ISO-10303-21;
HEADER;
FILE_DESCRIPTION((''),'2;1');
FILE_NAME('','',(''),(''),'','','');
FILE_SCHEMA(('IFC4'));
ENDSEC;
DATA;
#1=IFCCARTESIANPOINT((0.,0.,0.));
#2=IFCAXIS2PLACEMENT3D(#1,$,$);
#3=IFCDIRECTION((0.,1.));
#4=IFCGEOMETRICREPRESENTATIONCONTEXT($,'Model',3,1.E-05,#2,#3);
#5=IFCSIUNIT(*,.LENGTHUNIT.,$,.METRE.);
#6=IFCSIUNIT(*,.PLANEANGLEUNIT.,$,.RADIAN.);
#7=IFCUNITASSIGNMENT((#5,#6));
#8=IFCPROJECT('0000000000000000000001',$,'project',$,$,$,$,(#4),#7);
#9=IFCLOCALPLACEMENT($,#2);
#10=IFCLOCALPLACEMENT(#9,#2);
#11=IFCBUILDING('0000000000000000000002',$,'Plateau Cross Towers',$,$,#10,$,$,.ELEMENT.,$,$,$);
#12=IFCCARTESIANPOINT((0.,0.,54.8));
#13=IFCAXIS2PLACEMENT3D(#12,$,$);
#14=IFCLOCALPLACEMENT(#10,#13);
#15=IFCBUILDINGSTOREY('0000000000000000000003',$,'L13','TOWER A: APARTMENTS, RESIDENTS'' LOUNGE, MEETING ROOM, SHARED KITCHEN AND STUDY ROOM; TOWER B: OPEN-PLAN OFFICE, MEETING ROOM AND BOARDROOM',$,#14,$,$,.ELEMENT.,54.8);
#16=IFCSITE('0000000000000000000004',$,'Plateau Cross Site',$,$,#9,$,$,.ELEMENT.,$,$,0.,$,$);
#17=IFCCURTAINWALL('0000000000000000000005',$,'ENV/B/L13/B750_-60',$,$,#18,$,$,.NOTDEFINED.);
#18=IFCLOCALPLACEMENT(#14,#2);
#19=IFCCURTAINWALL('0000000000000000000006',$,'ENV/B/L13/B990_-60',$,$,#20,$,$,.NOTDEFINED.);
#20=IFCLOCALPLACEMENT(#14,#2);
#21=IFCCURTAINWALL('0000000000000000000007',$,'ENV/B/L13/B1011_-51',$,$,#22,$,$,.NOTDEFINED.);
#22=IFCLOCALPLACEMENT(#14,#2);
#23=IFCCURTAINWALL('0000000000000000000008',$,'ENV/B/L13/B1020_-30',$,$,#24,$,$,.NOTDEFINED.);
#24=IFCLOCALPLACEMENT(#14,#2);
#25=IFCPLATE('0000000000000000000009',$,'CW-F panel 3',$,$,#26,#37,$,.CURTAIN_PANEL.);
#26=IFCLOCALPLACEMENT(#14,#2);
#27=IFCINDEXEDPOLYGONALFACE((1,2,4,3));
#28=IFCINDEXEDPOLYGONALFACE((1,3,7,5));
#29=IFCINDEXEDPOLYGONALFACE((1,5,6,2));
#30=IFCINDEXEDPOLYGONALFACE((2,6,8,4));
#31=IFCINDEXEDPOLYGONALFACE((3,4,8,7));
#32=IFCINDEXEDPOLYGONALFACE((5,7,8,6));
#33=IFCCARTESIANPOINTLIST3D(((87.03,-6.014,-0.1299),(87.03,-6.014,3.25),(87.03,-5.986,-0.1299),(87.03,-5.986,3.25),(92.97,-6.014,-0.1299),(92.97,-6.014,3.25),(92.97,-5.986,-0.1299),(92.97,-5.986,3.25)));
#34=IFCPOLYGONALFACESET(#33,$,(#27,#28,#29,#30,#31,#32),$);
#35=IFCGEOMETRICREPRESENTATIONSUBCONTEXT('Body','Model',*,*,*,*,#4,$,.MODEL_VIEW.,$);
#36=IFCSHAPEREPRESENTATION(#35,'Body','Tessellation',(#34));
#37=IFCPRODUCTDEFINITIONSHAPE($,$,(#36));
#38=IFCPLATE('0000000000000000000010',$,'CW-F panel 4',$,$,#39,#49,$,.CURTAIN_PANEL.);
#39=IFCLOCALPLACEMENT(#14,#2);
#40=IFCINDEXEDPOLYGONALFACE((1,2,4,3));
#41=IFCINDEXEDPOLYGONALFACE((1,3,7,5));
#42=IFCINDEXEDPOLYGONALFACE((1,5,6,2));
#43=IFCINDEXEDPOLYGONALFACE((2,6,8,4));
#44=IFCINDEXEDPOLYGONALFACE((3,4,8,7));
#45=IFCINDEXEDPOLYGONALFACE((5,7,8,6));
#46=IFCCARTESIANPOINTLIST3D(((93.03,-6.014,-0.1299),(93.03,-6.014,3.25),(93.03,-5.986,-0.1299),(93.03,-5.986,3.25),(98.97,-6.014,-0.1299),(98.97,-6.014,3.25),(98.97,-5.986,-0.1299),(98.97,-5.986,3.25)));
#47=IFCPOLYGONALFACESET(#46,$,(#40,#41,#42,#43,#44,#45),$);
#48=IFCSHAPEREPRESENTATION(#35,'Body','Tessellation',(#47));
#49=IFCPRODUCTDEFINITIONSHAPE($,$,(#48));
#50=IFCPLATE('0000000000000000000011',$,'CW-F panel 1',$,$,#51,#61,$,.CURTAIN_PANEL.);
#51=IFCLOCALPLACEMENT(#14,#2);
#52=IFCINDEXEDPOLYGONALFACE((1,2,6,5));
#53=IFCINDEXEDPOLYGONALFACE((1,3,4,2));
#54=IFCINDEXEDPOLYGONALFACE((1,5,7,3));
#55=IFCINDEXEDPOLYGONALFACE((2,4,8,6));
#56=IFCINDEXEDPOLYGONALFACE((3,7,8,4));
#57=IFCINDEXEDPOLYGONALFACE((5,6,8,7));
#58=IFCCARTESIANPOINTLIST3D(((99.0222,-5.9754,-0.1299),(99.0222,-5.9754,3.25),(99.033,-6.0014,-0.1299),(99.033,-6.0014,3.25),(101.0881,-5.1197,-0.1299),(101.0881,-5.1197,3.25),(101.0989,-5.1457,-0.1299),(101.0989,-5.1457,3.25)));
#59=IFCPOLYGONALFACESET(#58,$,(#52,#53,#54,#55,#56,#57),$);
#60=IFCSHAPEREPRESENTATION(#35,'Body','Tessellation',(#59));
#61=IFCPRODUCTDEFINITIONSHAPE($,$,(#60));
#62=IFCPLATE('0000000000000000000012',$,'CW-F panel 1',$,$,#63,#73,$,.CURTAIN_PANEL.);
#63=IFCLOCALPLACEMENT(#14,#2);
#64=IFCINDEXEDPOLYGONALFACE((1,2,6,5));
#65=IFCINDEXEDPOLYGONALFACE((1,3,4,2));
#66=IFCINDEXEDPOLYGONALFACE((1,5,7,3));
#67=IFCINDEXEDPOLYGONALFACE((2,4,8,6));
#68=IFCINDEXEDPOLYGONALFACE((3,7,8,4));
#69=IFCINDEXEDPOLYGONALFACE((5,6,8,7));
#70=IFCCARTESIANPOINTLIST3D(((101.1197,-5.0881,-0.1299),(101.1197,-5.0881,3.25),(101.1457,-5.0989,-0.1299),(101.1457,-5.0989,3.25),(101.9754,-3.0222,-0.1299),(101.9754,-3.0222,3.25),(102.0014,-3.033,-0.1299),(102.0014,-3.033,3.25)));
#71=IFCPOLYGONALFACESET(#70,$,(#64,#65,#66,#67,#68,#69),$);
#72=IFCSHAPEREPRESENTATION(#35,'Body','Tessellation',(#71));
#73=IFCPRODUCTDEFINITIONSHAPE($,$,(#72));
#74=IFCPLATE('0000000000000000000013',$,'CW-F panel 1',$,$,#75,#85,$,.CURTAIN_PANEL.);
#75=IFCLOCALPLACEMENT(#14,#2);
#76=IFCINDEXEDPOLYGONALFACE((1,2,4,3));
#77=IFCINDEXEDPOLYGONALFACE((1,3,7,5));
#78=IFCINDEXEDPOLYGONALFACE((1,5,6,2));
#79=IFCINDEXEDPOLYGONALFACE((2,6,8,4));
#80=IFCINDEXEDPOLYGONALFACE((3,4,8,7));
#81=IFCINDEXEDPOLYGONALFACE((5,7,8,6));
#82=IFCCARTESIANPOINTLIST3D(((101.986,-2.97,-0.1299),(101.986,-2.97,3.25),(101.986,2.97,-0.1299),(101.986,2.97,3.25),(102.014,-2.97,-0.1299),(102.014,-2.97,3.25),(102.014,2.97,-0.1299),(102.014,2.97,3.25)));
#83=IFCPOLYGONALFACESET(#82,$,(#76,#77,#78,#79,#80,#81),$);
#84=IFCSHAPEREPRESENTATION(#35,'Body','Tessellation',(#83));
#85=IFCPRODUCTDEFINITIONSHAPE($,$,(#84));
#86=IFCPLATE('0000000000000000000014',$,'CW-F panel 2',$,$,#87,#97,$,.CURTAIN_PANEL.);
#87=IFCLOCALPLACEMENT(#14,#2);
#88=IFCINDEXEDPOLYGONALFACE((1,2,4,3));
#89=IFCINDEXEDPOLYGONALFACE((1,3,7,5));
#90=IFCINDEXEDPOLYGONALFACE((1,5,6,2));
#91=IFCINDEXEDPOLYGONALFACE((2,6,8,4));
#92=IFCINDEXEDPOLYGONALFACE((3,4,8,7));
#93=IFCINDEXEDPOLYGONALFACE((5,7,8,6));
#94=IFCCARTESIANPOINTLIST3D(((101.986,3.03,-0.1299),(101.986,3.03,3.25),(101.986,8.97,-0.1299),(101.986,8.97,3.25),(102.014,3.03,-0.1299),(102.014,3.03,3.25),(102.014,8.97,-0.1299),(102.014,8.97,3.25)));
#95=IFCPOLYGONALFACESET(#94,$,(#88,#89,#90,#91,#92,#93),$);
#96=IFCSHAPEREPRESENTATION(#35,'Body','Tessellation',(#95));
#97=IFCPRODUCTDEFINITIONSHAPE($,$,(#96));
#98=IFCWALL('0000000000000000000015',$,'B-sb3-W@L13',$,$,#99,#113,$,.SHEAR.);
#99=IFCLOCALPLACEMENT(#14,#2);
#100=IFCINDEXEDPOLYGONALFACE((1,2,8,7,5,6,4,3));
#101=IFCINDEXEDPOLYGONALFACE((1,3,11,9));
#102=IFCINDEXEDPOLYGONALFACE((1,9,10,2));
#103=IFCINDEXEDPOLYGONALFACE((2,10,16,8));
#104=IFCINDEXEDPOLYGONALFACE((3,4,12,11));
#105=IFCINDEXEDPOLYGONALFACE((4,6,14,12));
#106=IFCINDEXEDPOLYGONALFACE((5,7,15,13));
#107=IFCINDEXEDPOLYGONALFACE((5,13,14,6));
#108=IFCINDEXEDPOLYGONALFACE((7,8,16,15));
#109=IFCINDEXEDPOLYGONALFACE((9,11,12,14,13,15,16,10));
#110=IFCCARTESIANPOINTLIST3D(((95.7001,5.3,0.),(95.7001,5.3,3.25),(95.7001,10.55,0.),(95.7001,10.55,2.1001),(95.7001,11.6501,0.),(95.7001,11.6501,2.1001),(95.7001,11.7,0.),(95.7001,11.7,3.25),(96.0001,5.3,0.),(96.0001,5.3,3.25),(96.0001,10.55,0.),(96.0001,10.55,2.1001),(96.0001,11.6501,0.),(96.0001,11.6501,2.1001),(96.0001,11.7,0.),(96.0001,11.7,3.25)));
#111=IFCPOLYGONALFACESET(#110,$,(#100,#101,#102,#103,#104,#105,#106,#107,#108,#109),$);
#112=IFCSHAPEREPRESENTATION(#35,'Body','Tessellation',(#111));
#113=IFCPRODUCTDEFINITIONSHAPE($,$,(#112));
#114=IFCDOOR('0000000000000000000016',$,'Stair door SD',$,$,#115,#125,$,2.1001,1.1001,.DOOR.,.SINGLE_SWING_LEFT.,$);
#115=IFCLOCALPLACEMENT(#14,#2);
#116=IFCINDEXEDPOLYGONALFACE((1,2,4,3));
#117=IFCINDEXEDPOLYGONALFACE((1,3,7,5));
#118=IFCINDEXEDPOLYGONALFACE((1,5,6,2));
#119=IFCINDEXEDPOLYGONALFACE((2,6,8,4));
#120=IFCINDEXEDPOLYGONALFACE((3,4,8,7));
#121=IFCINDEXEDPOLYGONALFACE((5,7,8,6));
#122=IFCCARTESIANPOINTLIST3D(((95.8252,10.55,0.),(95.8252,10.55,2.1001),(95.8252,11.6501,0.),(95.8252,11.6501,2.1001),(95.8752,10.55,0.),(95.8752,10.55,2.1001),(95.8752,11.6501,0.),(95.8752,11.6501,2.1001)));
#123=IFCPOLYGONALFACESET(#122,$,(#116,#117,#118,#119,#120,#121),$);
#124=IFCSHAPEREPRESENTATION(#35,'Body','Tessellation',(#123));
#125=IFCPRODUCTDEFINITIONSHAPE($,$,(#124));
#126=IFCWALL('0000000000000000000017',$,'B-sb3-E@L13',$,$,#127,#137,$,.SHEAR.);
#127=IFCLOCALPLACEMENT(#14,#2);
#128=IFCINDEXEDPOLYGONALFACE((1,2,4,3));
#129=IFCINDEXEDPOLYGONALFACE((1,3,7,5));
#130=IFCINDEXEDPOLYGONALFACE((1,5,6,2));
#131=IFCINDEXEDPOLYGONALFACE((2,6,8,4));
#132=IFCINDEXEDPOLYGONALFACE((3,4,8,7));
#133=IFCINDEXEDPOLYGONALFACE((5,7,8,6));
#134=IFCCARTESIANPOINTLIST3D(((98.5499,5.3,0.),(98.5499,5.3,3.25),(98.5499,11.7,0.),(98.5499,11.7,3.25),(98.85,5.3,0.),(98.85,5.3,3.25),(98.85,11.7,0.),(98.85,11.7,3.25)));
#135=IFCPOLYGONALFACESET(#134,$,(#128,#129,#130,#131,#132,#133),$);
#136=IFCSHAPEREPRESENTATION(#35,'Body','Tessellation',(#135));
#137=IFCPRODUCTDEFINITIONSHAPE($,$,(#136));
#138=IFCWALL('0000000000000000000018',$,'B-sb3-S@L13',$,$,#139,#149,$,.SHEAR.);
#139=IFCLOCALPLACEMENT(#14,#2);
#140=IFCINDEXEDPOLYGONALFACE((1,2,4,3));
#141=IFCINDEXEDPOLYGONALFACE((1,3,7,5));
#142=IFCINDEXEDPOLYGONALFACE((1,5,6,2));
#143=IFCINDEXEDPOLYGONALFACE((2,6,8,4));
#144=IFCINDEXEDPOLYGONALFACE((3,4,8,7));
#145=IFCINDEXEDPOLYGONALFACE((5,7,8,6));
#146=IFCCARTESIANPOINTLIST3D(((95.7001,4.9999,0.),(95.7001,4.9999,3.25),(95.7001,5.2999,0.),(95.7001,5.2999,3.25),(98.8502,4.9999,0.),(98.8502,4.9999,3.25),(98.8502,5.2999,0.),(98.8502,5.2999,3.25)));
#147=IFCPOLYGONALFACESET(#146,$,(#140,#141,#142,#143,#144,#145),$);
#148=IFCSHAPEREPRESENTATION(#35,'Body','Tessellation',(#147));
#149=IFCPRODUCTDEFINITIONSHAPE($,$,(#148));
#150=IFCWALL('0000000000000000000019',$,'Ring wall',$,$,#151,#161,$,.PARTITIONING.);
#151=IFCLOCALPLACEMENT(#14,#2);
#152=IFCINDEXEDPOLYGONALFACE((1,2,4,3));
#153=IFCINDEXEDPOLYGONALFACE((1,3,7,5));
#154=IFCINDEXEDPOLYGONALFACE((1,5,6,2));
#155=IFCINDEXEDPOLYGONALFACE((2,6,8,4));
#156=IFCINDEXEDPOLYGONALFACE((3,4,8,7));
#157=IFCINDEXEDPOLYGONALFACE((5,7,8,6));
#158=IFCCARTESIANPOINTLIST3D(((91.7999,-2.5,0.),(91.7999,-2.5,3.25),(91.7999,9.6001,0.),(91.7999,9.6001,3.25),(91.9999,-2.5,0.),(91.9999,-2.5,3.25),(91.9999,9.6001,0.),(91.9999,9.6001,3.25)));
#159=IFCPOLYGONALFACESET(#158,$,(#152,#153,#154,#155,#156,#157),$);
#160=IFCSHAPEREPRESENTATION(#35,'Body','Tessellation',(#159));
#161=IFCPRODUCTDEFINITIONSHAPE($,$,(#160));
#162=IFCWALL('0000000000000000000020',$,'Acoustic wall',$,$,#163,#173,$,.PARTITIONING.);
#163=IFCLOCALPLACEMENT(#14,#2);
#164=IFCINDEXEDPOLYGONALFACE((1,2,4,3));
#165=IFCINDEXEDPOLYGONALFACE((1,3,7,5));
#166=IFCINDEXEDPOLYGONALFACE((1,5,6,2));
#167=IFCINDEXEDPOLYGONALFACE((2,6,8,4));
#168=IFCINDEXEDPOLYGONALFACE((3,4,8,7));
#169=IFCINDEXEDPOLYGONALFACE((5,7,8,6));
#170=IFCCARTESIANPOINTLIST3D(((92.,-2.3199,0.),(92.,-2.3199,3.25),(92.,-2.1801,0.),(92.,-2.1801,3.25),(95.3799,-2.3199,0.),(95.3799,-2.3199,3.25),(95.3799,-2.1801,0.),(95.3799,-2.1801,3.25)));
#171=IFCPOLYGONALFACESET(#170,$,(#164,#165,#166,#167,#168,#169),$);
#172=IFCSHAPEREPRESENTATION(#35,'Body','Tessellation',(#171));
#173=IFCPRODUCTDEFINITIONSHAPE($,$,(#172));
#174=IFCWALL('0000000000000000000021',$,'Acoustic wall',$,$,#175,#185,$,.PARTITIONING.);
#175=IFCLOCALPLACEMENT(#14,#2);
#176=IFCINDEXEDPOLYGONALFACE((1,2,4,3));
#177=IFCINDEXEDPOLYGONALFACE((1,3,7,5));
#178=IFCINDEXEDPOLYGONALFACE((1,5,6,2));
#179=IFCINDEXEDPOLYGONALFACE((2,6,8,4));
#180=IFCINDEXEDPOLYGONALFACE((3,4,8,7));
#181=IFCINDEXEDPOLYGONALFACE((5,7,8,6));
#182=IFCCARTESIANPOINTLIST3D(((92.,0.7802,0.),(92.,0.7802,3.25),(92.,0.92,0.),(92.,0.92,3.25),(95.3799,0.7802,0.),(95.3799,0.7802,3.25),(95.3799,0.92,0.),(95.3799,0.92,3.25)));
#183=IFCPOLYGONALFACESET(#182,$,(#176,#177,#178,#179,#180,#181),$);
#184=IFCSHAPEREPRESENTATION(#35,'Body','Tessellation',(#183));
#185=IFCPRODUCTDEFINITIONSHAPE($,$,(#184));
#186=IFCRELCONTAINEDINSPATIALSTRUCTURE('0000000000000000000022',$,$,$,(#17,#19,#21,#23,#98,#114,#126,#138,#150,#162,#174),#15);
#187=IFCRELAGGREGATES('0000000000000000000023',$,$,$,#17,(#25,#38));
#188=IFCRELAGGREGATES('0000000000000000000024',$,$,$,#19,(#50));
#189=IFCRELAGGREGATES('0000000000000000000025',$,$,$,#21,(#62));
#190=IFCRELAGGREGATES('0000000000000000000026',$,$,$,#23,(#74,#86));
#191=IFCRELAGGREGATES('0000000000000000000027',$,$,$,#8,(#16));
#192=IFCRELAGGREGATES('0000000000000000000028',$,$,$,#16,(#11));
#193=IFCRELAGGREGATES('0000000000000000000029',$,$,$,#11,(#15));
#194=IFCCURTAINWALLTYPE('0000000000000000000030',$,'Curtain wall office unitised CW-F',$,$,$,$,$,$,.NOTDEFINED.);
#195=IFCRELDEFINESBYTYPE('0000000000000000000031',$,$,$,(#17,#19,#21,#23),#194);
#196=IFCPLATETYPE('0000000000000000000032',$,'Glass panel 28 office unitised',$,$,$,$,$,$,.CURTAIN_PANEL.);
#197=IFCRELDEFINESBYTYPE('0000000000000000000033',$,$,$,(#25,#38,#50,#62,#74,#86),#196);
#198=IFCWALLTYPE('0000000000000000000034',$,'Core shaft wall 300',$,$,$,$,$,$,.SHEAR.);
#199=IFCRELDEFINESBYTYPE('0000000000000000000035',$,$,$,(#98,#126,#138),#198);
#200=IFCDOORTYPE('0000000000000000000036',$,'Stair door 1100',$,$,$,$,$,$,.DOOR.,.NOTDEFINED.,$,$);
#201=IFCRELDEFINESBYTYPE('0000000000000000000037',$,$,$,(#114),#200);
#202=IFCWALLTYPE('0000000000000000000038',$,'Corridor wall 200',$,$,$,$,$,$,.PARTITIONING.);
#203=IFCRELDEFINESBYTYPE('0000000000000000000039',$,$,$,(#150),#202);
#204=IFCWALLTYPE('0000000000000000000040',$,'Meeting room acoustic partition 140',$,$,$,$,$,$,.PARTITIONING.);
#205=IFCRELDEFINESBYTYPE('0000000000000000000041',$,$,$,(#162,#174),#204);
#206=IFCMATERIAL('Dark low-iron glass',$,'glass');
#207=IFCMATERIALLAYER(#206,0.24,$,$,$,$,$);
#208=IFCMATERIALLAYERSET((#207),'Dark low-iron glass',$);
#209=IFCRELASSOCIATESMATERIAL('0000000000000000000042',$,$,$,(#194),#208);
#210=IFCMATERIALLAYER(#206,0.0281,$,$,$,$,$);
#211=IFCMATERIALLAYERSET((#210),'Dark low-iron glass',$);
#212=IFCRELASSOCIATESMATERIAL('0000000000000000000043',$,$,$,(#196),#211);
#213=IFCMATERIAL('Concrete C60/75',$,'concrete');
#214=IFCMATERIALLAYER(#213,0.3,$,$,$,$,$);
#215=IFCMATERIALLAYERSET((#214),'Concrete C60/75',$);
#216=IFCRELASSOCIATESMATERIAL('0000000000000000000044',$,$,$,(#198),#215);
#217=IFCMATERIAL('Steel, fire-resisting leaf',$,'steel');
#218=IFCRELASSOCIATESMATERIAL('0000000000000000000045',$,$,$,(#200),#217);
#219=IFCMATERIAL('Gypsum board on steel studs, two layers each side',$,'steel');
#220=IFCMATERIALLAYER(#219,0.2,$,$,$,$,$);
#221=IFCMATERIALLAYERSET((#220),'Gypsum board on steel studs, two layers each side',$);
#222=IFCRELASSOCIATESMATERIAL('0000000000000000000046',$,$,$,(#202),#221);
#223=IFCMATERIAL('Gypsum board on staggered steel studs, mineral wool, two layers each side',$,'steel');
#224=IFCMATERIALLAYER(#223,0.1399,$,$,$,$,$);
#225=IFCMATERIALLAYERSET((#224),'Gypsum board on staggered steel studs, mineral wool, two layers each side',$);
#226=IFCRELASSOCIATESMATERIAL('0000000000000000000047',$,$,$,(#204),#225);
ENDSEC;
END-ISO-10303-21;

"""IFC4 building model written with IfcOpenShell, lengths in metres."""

from ifc_helpers import new_model, si_unit, direction, frame, frame_2d, origin, origin_2d, place, context, subcontext, project, spatial, rectangle, extrude, material, layer, layer_set, type_object, element, fill, aggregate, save


model = new_model("IFC4")

# Units and contexts
model_context = context("Model", 3, precision=1e-05, world=origin(), true_north=direction((0.0, 1.0)))
body_context = subcontext(model_context, "Body", "Model", "MODEL_VIEW")
ifc_project = project(units=[si_unit("LENGTHUNIT", "METRE"), si_unit("PLANEANGLEUNIT", "RADIAN")], contexts=[model_context])

# Site, building, storey
site_placement = place(None, origin())
site = spatial("IfcSite", under=ifc_project, at=site_placement, Name="Plateau Cross Site", CompositionType="ELEMENT", RefElevation=0.0)
building_placement = place(site_placement, origin())
building = spatial("IfcBuilding", under=site, at=building_placement, Name="Plateau Cross Towers", CompositionType="ELEMENT")
storey_placement = place(building_placement, frame((0.0, 0.0, 54.8)))
storey = spatial("IfcBuildingStorey", under=building, at=storey_placement, Name="L13", Description="TOWER A: APARTMENTS, RESIDENTS' LOUNGE, MEETING ROOM, SHARED KITCHEN AND STUDY ROOM; TOWER B: OPEN-PLAN OFFICE, MEETING ROOM AND BOARDROOM", CompositionType="ELEMENT", Elevation=54.8)

# Shared definitions
ifc_material_1 = material(Name="Concrete C60/75", Category="concrete")

# Curtain walls
ifc_material_2 = material(Name="Dark low-iron glass", Category="glass")
ifc_layer_1 = layer(ifc_material_2, 0.24)
ifc_layer_set_1 = layer_set([ifc_layer_1], Name="Dark low-iron glass")
curtain_wall_type = type_object("IfcCurtainWallType", Name="Curtain wall office unitised CW-F", PredefinedType="NOTDEFINED", material=ifc_layer_set_1)
curtain_wall_1_placement = place(storey_placement, origin())
curtain_wall_1 = element("IfcCurtainWall", 1, at=curtain_wall_1_placement, inside=storey, type_object=curtain_wall_type, Name="ENV/B/L13/B750_-60", PredefinedType="NOTDEFINED")
curtain_wall_2_placement = place(storey_placement, origin())
curtain_wall_2 = element("IfcCurtainWall", 2, at=curtain_wall_2_placement, inside=storey, type_object=curtain_wall_type, Name="ENV/B/L13/B990_-60", PredefinedType="NOTDEFINED")
curtain_wall_3_placement = place(storey_placement, origin())
curtain_wall_3 = element("IfcCurtainWall", 3, at=curtain_wall_3_placement, inside=storey, type_object=curtain_wall_type, Name="ENV/B/L13/B1011_-51", PredefinedType="NOTDEFINED")

# Curtain wall
curtain_wall_4_placement = place(storey_placement, origin())
curtain_wall_4 = element("IfcCurtainWall", 4, at=curtain_wall_4_placement, inside=storey, type_object=curtain_wall_type, Name="ENV/B/L13/B1020_-30", PredefinedType="NOTDEFINED")

# Plates
ifc_layer_2 = layer(ifc_material_2, 0.0281)
ifc_layer_set_2 = layer_set([ifc_layer_2], Name="Dark low-iron glass")
plate_type = type_object("IfcPlateType", Name="Glass panel 28 office unitised", PredefinedType="CURTAIN_PANEL", material=ifc_layer_set_2)
plate_1_placement = place(storey_placement, frame((90.0, -6.0, -0.1299), z_axis=(0.0, 0.0, 1.0), x_axis=(1.0, 0.0, 0.0)))
plate_1 = element("IfcPlate", 5, at=plate_1_placement, type_object=plate_type, Name="CW-F panel 3", PredefinedType="CURTAIN_PANEL", context=body_context, shape_type="SweptSolid", body=[
    extrude(rectangle(XDim=5.9399, YDim=0.0281, at=origin_2d()), origin(), (0.0, 0.0, 1.0), 3.3799),
])
plate_2_placement = place(storey_placement, frame((96.0, -6.0, -0.1299), z_axis=(0.0, 0.0, 1.0), x_axis=(1.0, 0.0, 0.0)))
plate_2 = element("IfcPlate", 6, at=plate_2_placement, type_object=plate_type, Name="CW-F panel 4", PredefinedType="CURTAIN_PANEL", context=body_context, shape_type="SweptSolid", body=[
    extrude(rectangle(XDim=5.9399, YDim=0.0281, at=origin_2d()), origin(), (0.0, 0.0, 1.0), 3.3799),
])
aggregate(curtain_wall_1, [plate_1, plate_2])
plate_3_placement = place(storey_placement, frame((100.0605, -5.5605, -0.1299), z_axis=(0.0, 0.0, 1.0), x_axis=(0.923879, 0.382684, 0.0)))
plate_3 = element("IfcPlate", 7, at=plate_3_placement, type_object=plate_type, Name="CW-F panel 1", PredefinedType="CURTAIN_PANEL", context=body_context, shape_type="SweptSolid", body=[
    extrude(rectangle(XDim=2.2361, YDim=0.0281, at=origin_2d()), origin(), (0.0, 0.0, 1.0), 3.3799),
])
aggregate(curtain_wall_2, [plate_3])
plate_4_placement = place(storey_placement, frame((101.5605, -4.0605, -0.1299), z_axis=(0.0, 0.0, 1.0), x_axis=(0.382684, 0.923879, 0.0)))
plate_4 = element("IfcPlate", 8, at=plate_4_placement, type_object=plate_type, Name="CW-F panel 1", PredefinedType="CURTAIN_PANEL", context=body_context, shape_type="SweptSolid", body=[
    extrude(rectangle(XDim=2.2361, YDim=0.0281, at=origin_2d()), origin(), (0.0, 0.0, 1.0), 3.3799),
])
aggregate(curtain_wall_3, [plate_4])
plate_5_placement = place(storey_placement, frame((102.0, 0.0, -0.1299), z_axis=(0.0, 0.0, 1.0), x_axis=(0.0, 1.0, 0.0)))
plate_5 = element("IfcPlate", 9, at=plate_5_placement, type_object=plate_type, Name="CW-F panel 1", PredefinedType="CURTAIN_PANEL", context=body_context, shape_type="SweptSolid", body=[
    extrude(rectangle(XDim=5.9399, YDim=0.0281, at=origin_2d()), origin(), (0.0, 0.0, 1.0), 3.3799),
])
plate_6_placement = place(storey_placement, frame((102.0, 6.0, -0.1299), z_axis=(0.0, 0.0, 1.0), x_axis=(0.0, 1.0, 0.0)))
plate_6 = element("IfcPlate", 10, at=plate_6_placement, type_object=plate_type, Name="CW-F panel 2", PredefinedType="CURTAIN_PANEL", context=body_context, shape_type="SweptSolid", body=[
    extrude(rectangle(XDim=5.9399, YDim=0.0281, at=origin_2d()), origin(), (0.0, 0.0, 1.0), 3.3799),
])
aggregate(curtain_wall_4, [plate_5, plate_6])

# Wall, opening, door
ifc_layer_3 = layer(ifc_material_1, 0.3)
ifc_layer_set_3 = layer_set([ifc_layer_3], Name="Concrete C60/75")
wall_type_1 = type_object("IfcWallType", Name="Core shaft wall 300", PredefinedType="SHEAR", material=ifc_layer_set_3)
wall_1_placement = place(storey_placement, frame((95.8501, 5.3, 0.0), z_axis=(0.0, 0.0, 1.0), x_axis=(0.0, 1.0, 0.0)))
wall_1 = element("IfcWall", 11, at=wall_1_placement, inside=storey, type_object=wall_type_1, Name="B-sb3-W@L13", PredefinedType="SHEAR", context=body_context, shape_type="SweptSolid", body=[
    extrude(rectangle(XDim=6.3999, YDim=0.3, at=frame_2d((3.2, 0.0))), origin(), (0.0, 0.0, 1.0), 3.25),
])
opening_1_placement = place(wall_1_placement, frame((5.25, 0.0, 0.0)))
opening_1 = element("IfcOpeningElement", 12, at=opening_1_placement, cuts=wall_1, PredefinedType="OPENING", context=body_context, shape_type="SweptSolid", body=[
    extrude(rectangle(XDim=1.1001, YDim=2.1001, at=frame_2d((0.55, 1.05))), frame((0.0, 0.1599, 0.0), z_axis=(0.0, -1.0, 0.0), x_axis=(1.0, 0.0, 0.0)), (0.0, 0.0, 1.0), 0.3201),
])
ifc_material_3 = material(Name="Steel, fire-resisting leaf", Category="steel")
door_type_1 = type_object("IfcDoorType", Name="Stair door 1100", OperationType="NOTDEFINED", PredefinedType="DOOR", material=ifc_material_3)
door_1_placement = place(opening_1_placement, origin())
door_1 = element("IfcDoor", 13, at=door_1_placement, inside=storey, type_object=door_type_1, Name="Stair door SD", OperationType="SINGLE_SWING_LEFT", OverallHeight=2.1001, OverallWidth=1.1001, PredefinedType="DOOR", context=body_context, shape_type="SweptSolid", body=[
    extrude(rectangle(XDim=1.1001, YDim=2.1001, at=frame_2d((0.55, 1.05))), frame((0.0, 0.0249, 0.0), z_axis=(0.0, -1.0, 0.0), x_axis=(1.0, 0.0, 0.0)), (0.0, 0.0, 1.0), 0.05),
])
fill(opening_1, door_1)

# Walls
wall_2_placement = place(storey_placement, frame((98.7, 5.3, 0.0), z_axis=(0.0, 0.0, 1.0), x_axis=(0.0, 1.0, 0.0)))
element("IfcWall", 14, at=wall_2_placement, inside=storey, type_object=wall_type_1, Name="B-sb3-E@L13", PredefinedType="SHEAR", context=body_context, shape_type="SweptSolid", body=[
    extrude(rectangle(XDim=6.3999, YDim=0.3, at=frame_2d((3.2, 0.0))), origin(), (0.0, 0.0, 1.0), 3.25),
])
wall_3_placement = place(storey_placement, frame((95.7, 5.1499, 0.0), z_axis=(0.0, 0.0, 1.0), x_axis=(1.0, 0.0, 0.0)))
element("IfcWall", 15, at=wall_3_placement, inside=storey, type_object=wall_type_1, Name="B-sb3-S@L13", PredefinedType="SHEAR", context=body_context, shape_type="SweptSolid", body=[
    extrude(rectangle(XDim=3.1501, YDim=0.3, at=frame_2d((1.5752, 0.0))), origin(), (0.0, 0.0, 1.0), 3.25),
])
ifc_material_4 = material(Name="Gypsum board on steel studs, two layers each side", Category="steel")
ifc_layer_4 = layer(ifc_material_4, 0.2)
ifc_layer_set_4 = layer_set([ifc_layer_4], Name="Gypsum board on steel studs, two layers each side")
wall_type_2 = type_object("IfcWallType", Name="Corridor wall 200", PredefinedType="PARTITIONING", material=ifc_layer_set_4)
wall_4_placement = place(storey_placement, frame((91.8999, -2.5, 0.0), z_axis=(0.0, 0.0, 1.0), x_axis=(0.0, 1.0, 0.0)))
element("IfcWall", 16, at=wall_4_placement, inside=storey, type_object=wall_type_2, Name="Ring wall", PredefinedType="PARTITIONING", context=body_context, shape_type="SweptSolid", body=[
    extrude(rectangle(XDim=12.1001, YDim=0.2, at=frame_2d((6.05, 0.0))), origin(), (0.0, 0.0, 1.0), 3.25),
])

# Shared definitions
ifc_material_5 = material(Name="Gypsum board on staggered steel studs, mineral wool, two layers each side", Category="steel")
ifc_layer_5 = layer(ifc_material_5, 0.1399)
ifc_layer_set_5 = layer_set([ifc_layer_5], Name="Gypsum board on staggered steel studs, mineral wool, two layers each side")
wall_type_3 = type_object("IfcWallType", Name="Meeting room acoustic partition 140", PredefinedType="PARTITIONING", material=ifc_layer_set_5)

# Wall
wall_5_placement = place(storey_placement, frame((92.0, -2.25, 0.0), z_axis=(0.0, 0.0, 1.0), x_axis=(1.0, 0.0, 0.0)))
element("IfcWall", 17, at=wall_5_placement, inside=storey, type_object=wall_type_3, Name="Acoustic wall", PredefinedType="PARTITIONING", context=body_context, shape_type="SweptSolid", body=[
    extrude(rectangle(XDim=3.3799, YDim=0.1399, at=frame_2d((1.6899, 0.0))), origin(), (0.0, 0.0, 1.0), 3.25),
])

# Wall
wall_6_placement = place(storey_placement, frame((92.0, 0.8501, 0.0), z_axis=(0.0, 0.0, 1.0), x_axis=(1.0, 0.0, 0.0)))
element("IfcWall", 18, at=wall_6_placement, inside=storey, type_object=wall_type_3, Name="Acoustic wall", PredefinedType="PARTITIONING", context=body_context, shape_type="SweptSolid", body=[
    extrude(rectangle(XDim=3.3799, YDim=0.1399, at=frame_2d((1.6899, 0.0))), origin(), (0.0, 0.0, 1.0), 3.25),
])

save(model, "model.ifc")
